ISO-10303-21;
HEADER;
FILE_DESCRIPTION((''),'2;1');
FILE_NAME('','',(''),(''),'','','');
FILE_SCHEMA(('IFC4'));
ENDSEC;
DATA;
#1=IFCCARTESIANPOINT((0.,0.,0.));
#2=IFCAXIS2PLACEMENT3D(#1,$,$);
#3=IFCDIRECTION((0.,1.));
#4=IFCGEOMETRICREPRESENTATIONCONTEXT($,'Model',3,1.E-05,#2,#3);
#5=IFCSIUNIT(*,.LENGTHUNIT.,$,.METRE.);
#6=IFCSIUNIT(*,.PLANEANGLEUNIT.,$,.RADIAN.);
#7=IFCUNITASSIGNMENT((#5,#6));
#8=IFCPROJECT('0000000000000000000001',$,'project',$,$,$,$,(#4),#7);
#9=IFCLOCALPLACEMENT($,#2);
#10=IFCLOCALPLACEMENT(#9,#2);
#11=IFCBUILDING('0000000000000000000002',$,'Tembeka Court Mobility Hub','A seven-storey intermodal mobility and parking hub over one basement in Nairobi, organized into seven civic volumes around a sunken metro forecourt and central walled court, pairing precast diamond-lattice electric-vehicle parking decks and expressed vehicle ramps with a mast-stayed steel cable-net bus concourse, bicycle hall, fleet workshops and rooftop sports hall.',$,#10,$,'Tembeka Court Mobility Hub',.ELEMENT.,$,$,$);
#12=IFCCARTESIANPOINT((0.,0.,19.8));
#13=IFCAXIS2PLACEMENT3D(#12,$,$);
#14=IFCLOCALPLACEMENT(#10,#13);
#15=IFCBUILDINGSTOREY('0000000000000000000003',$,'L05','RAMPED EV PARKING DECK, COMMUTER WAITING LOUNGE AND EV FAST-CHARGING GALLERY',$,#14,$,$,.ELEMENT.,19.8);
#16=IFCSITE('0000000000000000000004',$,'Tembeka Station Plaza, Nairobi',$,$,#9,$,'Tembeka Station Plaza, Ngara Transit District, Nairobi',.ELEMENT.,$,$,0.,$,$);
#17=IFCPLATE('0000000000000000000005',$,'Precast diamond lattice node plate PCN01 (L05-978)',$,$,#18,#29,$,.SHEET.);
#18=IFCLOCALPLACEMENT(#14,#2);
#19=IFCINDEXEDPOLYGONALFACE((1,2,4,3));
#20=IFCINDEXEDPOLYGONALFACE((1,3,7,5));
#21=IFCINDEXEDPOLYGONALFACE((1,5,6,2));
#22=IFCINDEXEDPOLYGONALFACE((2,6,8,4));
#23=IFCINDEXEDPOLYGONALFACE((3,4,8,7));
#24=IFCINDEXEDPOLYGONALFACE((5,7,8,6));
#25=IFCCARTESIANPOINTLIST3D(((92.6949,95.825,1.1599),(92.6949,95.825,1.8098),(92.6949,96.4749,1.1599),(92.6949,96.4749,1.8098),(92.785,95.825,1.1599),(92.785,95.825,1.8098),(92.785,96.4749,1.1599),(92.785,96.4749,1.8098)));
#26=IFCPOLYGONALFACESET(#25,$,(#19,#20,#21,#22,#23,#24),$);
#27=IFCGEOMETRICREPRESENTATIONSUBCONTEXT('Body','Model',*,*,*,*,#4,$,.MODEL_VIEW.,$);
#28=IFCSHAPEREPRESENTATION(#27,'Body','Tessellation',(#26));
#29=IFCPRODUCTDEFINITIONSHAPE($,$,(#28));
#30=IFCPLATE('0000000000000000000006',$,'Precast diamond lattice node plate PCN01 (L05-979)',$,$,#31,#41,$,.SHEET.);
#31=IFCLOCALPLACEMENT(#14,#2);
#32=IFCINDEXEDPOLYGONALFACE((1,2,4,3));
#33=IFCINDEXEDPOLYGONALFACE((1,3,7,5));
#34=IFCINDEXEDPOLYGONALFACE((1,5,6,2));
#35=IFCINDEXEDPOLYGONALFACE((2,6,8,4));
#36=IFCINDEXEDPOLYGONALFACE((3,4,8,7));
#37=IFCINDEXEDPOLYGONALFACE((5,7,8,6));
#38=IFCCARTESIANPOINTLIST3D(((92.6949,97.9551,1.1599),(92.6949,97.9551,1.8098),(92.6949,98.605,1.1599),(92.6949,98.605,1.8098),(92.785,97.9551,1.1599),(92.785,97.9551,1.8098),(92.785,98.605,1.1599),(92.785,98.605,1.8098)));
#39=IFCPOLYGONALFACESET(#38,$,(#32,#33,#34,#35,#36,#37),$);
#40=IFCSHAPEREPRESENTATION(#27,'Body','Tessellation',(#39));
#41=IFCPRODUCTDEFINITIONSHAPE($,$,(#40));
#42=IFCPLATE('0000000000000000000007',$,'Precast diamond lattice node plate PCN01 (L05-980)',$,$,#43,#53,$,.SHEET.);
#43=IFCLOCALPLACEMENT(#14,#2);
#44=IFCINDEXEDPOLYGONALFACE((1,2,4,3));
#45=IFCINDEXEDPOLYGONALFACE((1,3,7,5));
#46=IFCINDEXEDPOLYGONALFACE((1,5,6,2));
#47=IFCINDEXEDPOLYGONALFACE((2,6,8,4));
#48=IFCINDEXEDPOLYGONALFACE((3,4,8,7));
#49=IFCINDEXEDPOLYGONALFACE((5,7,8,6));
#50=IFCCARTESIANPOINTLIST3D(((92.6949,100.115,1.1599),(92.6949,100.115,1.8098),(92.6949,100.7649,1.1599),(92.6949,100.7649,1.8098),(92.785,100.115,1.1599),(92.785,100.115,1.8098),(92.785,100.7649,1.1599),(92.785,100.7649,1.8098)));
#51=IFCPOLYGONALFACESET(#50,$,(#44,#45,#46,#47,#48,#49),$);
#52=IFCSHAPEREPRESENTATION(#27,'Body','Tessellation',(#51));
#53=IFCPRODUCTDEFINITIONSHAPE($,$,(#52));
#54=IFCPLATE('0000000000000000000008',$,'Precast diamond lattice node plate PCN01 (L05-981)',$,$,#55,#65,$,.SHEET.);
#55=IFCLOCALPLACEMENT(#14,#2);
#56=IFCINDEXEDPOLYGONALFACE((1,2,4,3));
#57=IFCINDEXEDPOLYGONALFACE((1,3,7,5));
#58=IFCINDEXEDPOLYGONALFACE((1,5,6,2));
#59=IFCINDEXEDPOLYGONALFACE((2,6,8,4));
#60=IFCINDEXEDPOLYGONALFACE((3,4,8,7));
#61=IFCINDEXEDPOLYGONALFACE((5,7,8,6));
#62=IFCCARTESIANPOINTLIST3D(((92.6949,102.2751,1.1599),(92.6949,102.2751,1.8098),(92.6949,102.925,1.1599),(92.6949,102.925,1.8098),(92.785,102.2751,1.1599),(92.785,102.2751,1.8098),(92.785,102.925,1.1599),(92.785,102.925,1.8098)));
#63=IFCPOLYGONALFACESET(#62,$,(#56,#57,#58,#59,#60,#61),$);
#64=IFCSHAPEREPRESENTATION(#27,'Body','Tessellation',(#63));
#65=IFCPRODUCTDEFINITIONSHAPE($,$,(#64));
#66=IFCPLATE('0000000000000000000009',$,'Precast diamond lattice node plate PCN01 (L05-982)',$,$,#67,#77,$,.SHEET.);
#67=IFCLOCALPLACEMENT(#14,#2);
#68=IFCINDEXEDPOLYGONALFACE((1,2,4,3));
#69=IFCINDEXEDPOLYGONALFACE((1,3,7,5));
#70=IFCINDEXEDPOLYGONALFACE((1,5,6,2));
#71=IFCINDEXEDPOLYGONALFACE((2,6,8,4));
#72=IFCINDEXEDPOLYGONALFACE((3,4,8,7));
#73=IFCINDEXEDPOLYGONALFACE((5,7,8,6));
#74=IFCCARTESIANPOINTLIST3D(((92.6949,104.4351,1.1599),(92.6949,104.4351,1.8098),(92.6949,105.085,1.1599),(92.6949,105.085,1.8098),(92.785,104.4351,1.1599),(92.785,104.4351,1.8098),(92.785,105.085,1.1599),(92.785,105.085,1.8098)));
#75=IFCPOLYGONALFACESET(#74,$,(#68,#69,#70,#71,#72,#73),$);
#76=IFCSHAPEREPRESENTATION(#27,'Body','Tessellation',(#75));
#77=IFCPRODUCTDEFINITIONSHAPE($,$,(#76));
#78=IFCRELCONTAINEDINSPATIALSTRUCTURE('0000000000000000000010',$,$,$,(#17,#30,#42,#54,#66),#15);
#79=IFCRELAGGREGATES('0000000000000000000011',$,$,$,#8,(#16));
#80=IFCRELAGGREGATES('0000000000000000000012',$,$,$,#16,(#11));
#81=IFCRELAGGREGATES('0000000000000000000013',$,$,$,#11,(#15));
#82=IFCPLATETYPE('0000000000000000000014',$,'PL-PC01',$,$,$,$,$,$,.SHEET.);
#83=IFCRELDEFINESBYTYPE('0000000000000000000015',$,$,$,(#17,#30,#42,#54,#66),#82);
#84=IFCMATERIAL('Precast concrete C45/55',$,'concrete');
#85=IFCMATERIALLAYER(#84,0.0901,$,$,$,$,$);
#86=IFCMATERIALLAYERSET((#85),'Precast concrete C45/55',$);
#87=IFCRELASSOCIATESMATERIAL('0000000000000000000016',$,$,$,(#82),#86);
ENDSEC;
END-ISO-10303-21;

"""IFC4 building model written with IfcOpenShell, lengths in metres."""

from ifc_helpers import new_model, si_unit, direction, frame, origin, origin_2d, place, context, subcontext, project, spatial, rectangle, extrude, material, layer, layer_set, type_object, element, save


model = new_model("IFC4")

# Units and contexts
model_context = context("Model", 3, precision=1e-05, world=origin(), true_north=direction((0.0, 1.0)))
body_context = subcontext(model_context, "Body", "Model", "MODEL_VIEW")
ifc_project = project(units=[si_unit("LENGTHUNIT", "METRE"), si_unit("PLANEANGLEUNIT", "RADIAN")], contexts=[model_context])

# Site, building, storey
site_placement = place(None, origin())
site = spatial("IfcSite", under=ifc_project, at=site_placement, Name="Tembeka Station Plaza, Nairobi", LongName="Tembeka Station Plaza, Ngara Transit District, Nairobi", CompositionType="ELEMENT", RefElevation=0.0)
building_placement = place(site_placement, origin())
building = spatial("IfcBuilding", under=site, at=building_placement, Name="Tembeka Court Mobility Hub", Description="A seven-storey intermodal mobility and parking hub over one basement in Nairobi, organized into seven civic volumes around a sunken metro forecourt and central walled court, pairing precast diamond-lattice electric-vehicle parking decks and expressed vehicle ramps with a mast-stayed steel cable-net bus concourse, bicycle hall, fleet workshops and rooftop sports hall.", LongName="Tembeka Court Mobility Hub", CompositionType="ELEMENT")
storey_placement = place(building_placement, frame((0.0, 0.0, 19.8)))
storey = spatial("IfcBuildingStorey", under=building, at=storey_placement, Name="L05", Description="RAMPED EV PARKING DECK, COMMUTER WAITING LOUNGE AND EV FAST-CHARGING GALLERY", CompositionType="ELEMENT", Elevation=19.8)

# Shared definitions
ifc_material_1 = material(Name="Precast concrete C45/55", Category="concrete")

# Plates
ifc_layer = layer(ifc_material_1, 0.0901)
ifc_layer_set = layer_set([ifc_layer], Name="Precast concrete C45/55")
plate_type = type_object("IfcPlateType", Name="PL-PC01", PredefinedType="SHEET", material=ifc_layer_set)
for number, where, z_axis, x_axis, name in (
    (1, (92.74, 96.1499, 1.1599), (0.0, 0.0, 1.0), (1.0, 0.0, 0.0), "Precast diamond lattice node plate PCN01 (L05-978)"),
    (2, (92.74, 98.28, 1.1599), (0.0, 0.0, 1.0), (1.0, 0.0, 0.0), "Precast diamond lattice node plate PCN01 (L05-979)"),
    (3, (92.74, 100.4399, 1.1599), (0.0, 0.0, 1.0), (1.0, 0.0, 0.0), "Precast diamond lattice node plate PCN01 (L05-980)"),
    (4, (92.74, 102.6001, 1.1599), (0.0, 0.0, 1.0), (1.0, 0.0, 0.0), "Precast diamond lattice node plate PCN01 (L05-981)"),
    (5, (92.74, 104.76, 1.1599), (0.0, 0.0, 1.0), (1.0, 0.0, 0.0), "Precast diamond lattice node plate PCN01 (L05-982)"),
):
    element("IfcPlate", number, at=place(storey_placement, frame(where, z_axis=z_axis, x_axis=x_axis)), inside=storey, type_object=plate_type, Name=name, PredefinedType="SHEET", context=body_context, shape_type="SweptSolid", body=[
        extrude(rectangle(XDim=0.0901, YDim=0.6499, at=origin_2d()), origin(), (0.0, 0.0, 1.0), 0.6499),
    ])

save(model, "model.ifc")
